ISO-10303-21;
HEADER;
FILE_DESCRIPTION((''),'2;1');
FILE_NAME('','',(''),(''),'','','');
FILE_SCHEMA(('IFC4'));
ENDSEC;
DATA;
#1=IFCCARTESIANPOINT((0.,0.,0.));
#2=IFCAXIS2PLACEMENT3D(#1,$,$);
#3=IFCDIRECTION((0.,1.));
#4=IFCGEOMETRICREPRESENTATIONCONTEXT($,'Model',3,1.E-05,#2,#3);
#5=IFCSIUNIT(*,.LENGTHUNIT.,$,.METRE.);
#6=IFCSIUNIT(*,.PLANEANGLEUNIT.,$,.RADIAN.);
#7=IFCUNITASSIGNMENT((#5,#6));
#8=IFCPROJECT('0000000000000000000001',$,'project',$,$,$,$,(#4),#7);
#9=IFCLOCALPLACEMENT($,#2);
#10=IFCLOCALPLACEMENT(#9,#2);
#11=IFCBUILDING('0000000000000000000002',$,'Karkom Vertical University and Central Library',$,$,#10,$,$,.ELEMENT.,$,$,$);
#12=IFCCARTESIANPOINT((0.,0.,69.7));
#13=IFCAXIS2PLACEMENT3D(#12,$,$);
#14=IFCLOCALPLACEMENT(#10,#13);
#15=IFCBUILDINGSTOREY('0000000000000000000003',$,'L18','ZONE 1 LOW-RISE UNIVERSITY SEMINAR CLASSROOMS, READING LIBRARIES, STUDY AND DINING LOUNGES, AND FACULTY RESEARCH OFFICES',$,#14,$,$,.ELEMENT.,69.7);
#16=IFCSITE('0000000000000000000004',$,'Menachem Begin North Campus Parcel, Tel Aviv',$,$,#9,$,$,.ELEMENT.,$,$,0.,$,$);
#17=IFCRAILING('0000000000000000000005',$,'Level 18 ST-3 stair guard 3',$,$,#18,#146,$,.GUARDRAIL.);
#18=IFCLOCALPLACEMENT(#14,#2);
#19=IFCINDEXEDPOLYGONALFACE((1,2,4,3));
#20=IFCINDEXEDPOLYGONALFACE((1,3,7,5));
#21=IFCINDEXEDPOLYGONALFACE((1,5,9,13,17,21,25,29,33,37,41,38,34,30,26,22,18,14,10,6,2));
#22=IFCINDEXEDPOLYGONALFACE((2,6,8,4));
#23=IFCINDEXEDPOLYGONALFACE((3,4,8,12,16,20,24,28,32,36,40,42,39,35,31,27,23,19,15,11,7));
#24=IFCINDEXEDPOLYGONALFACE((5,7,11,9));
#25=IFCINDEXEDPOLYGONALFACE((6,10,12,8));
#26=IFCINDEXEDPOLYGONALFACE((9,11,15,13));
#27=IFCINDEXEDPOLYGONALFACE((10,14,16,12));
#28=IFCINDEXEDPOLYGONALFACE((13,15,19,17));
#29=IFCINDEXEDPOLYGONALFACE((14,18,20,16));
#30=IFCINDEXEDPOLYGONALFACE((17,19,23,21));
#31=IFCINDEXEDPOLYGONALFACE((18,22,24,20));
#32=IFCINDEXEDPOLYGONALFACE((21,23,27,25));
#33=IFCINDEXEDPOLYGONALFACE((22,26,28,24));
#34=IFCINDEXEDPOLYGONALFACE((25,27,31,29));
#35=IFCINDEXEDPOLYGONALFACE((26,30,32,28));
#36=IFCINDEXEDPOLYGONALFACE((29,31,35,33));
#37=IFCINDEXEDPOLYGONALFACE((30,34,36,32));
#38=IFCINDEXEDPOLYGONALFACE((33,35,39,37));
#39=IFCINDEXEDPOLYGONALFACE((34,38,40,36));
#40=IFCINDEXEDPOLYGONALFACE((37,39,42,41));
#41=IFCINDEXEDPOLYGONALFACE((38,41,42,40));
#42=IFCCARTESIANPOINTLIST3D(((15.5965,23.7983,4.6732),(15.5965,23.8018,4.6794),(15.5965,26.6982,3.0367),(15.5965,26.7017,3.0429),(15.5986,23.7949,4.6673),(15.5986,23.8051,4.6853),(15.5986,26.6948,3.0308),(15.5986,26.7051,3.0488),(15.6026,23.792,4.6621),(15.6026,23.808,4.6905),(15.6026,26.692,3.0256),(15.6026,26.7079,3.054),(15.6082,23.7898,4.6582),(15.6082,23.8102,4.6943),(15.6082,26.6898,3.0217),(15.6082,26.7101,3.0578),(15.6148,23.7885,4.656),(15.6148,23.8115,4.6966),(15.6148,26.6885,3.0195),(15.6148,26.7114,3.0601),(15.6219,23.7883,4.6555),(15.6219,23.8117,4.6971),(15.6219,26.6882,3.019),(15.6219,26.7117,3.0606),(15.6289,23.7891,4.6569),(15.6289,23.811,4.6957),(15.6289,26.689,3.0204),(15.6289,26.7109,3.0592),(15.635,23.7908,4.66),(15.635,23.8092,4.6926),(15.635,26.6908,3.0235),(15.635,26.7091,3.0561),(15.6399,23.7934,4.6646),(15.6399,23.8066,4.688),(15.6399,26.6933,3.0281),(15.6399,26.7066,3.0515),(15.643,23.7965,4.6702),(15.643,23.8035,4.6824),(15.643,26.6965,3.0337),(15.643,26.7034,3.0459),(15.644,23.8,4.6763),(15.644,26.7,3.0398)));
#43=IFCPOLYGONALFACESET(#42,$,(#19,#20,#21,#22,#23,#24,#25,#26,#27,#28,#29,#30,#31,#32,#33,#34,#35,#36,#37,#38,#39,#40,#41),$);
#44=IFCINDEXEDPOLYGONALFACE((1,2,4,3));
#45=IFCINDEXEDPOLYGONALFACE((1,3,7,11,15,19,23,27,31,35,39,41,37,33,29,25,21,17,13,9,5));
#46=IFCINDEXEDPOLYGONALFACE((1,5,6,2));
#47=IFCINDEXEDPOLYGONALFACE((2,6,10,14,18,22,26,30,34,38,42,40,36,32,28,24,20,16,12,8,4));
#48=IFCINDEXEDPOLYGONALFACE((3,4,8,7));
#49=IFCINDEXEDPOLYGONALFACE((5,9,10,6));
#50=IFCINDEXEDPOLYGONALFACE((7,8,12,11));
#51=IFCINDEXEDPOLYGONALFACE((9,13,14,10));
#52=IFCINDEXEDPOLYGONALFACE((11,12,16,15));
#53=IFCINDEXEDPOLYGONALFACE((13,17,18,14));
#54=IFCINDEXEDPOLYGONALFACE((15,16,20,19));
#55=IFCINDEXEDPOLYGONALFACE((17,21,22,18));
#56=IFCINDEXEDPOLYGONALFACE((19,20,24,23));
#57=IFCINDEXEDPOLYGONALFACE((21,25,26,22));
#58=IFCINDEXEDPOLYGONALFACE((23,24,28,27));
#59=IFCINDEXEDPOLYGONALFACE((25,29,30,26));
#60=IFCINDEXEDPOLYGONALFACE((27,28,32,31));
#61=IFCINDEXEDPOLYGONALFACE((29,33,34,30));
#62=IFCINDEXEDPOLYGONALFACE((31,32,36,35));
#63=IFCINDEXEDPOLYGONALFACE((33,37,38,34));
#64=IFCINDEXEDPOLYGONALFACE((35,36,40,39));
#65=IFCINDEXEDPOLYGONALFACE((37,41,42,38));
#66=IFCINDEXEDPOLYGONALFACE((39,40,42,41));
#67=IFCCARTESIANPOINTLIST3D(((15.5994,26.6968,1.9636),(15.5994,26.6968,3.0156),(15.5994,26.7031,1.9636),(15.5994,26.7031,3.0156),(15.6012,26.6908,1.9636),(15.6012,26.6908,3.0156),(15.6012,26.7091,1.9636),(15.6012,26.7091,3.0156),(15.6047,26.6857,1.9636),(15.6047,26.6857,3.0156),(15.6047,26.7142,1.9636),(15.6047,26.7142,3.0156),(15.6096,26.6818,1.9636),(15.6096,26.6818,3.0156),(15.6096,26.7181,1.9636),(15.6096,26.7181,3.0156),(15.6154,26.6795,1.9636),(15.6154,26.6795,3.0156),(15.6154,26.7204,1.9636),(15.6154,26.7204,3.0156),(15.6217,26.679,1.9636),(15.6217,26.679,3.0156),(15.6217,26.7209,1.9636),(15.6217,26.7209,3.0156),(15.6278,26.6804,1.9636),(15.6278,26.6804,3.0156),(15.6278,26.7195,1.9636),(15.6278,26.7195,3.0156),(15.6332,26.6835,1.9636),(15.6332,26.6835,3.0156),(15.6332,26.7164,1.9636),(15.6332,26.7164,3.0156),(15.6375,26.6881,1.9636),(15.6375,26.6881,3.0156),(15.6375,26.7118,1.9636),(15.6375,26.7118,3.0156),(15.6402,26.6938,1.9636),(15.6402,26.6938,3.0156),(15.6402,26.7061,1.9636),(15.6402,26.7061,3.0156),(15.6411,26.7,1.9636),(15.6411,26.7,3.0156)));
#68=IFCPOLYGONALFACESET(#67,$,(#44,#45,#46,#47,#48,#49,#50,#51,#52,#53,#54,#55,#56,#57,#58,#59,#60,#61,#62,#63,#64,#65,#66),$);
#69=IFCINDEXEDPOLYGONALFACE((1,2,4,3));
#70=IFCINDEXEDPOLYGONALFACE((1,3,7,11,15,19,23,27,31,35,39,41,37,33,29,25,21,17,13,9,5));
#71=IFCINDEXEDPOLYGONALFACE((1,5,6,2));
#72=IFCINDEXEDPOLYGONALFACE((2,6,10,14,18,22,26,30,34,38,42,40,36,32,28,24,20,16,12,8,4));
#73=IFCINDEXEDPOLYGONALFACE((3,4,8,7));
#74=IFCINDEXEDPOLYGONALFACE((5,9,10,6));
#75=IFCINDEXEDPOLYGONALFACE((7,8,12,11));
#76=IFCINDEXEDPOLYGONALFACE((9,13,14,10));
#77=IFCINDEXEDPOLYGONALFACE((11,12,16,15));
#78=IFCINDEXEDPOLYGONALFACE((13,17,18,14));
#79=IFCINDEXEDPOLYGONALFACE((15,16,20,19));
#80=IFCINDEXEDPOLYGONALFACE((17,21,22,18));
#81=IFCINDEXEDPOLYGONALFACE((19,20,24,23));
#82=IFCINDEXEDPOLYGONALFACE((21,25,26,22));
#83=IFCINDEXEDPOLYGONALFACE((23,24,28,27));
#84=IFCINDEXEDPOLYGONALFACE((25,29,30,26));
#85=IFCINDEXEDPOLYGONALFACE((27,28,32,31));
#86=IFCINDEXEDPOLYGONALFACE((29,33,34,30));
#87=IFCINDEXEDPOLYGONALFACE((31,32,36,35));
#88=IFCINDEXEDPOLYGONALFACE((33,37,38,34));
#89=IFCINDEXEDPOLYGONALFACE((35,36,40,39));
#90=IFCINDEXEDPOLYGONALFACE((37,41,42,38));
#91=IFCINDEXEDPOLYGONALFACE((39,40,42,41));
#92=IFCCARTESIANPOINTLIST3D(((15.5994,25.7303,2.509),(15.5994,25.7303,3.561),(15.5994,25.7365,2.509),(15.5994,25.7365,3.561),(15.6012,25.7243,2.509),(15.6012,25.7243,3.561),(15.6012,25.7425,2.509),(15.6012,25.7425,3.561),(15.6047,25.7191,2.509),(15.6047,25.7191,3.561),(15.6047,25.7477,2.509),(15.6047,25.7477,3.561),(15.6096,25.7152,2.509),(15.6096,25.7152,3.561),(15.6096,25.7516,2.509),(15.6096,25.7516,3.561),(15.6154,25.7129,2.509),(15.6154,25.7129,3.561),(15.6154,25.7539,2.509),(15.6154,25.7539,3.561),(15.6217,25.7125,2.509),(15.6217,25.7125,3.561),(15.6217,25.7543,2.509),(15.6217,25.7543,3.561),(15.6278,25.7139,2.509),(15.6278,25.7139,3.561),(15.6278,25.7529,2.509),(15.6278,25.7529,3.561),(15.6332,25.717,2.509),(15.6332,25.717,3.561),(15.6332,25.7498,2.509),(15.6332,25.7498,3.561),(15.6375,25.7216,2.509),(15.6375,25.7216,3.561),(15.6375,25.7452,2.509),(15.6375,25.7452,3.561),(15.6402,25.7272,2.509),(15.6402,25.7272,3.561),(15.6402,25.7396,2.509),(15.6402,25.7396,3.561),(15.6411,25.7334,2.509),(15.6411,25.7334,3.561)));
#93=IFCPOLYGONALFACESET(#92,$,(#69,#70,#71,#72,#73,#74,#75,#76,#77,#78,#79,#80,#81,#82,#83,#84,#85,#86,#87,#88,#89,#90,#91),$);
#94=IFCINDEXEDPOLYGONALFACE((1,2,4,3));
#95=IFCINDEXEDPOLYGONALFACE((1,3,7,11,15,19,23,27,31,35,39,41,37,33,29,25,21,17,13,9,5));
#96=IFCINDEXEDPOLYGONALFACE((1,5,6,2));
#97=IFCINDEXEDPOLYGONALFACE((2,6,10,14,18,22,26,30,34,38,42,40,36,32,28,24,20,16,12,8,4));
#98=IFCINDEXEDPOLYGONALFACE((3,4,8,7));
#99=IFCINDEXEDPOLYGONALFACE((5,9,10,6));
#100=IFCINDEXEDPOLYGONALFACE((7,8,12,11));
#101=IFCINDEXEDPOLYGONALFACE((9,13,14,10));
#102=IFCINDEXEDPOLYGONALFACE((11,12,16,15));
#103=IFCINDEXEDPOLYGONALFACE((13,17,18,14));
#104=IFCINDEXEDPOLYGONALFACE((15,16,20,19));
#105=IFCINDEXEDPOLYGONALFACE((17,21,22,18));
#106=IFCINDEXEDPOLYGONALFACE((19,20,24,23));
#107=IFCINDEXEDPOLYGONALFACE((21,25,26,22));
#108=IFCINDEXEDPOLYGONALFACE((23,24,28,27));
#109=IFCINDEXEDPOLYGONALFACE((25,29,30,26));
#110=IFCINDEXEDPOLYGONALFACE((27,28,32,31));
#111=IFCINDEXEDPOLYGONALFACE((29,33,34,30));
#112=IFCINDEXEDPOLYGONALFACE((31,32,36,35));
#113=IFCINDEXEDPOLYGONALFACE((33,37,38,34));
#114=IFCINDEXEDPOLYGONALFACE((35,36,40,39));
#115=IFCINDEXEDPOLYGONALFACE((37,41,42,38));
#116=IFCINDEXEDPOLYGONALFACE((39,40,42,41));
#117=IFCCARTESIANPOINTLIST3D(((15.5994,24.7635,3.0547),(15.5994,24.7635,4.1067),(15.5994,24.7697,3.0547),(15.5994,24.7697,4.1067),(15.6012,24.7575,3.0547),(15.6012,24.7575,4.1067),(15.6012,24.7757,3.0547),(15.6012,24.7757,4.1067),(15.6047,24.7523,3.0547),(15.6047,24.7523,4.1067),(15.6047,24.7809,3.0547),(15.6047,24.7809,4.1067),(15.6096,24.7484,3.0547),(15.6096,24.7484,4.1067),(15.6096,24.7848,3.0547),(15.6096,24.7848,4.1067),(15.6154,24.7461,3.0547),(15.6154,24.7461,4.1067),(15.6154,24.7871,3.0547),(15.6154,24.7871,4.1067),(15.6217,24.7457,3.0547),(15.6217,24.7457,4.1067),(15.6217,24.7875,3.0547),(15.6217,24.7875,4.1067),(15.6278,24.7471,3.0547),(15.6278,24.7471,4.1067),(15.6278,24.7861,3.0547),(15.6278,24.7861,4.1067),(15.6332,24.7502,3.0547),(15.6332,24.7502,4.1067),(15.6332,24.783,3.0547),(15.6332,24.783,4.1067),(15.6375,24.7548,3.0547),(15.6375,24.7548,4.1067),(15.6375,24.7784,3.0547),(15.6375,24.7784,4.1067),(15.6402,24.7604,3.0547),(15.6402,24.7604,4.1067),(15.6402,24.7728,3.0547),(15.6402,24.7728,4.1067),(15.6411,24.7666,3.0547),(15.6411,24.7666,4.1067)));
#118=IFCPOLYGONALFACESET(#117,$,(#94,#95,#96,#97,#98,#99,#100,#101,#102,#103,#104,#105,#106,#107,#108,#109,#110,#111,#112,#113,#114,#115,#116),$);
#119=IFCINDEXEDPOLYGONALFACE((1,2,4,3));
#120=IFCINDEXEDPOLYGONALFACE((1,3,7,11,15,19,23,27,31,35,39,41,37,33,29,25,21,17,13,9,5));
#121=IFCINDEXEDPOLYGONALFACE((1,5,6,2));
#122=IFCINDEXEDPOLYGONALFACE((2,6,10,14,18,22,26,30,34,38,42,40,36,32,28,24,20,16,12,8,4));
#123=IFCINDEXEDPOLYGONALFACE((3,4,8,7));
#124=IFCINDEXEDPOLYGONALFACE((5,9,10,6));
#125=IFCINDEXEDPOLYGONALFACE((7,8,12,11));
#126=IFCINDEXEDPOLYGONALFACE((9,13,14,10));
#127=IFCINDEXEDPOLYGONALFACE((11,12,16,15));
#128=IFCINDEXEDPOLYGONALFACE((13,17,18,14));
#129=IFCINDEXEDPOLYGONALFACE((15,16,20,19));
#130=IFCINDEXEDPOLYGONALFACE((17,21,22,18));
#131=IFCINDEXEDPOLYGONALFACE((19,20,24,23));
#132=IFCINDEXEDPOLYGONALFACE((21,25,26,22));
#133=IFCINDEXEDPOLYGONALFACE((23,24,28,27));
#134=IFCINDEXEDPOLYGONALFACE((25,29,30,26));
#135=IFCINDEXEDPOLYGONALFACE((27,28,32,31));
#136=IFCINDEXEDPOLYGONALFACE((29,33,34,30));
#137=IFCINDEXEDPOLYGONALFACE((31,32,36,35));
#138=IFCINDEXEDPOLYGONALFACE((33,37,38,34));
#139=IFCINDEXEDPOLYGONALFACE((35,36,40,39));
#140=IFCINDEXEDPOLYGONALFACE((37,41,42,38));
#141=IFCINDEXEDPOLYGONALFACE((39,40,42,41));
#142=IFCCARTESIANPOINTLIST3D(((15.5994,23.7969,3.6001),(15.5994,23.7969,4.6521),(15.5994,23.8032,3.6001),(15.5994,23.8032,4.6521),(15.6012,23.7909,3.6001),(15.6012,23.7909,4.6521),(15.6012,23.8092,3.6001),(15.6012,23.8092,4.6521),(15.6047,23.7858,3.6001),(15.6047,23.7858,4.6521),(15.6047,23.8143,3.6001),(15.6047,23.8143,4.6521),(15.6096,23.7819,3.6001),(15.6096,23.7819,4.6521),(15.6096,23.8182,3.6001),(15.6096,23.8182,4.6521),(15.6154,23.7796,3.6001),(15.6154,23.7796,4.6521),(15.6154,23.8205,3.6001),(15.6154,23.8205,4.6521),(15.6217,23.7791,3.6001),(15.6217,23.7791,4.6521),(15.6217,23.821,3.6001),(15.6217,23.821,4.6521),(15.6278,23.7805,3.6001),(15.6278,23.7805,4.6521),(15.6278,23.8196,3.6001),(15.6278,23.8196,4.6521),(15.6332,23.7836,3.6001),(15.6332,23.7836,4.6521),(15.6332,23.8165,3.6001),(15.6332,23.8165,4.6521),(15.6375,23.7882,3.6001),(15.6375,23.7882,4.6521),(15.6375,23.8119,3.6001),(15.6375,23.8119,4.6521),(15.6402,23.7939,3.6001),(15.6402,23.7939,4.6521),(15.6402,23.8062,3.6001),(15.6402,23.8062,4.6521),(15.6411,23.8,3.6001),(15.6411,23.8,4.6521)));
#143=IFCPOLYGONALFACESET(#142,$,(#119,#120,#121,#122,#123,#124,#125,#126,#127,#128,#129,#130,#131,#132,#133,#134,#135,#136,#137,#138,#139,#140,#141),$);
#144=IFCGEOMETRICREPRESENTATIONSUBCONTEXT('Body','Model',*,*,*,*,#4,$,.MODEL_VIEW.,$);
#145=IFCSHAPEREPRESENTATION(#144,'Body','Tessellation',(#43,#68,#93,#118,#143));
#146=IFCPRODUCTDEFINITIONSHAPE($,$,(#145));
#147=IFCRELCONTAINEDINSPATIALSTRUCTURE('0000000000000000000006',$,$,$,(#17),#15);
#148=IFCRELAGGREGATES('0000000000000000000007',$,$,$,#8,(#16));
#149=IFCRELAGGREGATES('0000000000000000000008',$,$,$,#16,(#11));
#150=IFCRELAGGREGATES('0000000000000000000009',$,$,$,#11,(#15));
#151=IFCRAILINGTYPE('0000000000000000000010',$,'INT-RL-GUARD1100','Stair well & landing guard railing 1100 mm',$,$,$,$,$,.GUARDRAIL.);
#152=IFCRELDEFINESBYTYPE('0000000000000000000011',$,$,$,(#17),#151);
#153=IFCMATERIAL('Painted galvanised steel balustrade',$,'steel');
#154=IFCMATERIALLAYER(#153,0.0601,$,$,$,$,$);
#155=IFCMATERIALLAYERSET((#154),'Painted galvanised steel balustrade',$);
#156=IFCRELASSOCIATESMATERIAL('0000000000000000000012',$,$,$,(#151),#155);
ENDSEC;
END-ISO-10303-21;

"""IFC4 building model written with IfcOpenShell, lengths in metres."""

from ifc_helpers import new_model, si_unit, direction, frame, origin, origin_2d, place, context, subcontext, project, spatial, circle, extrude, material, layer, layer_set, type_object, element, save


model = new_model("IFC4")

# Units and contexts
model_context = context("Model", 3, precision=1e-05, world=origin(), true_north=direction((0.0, 1.0)))
body_context = subcontext(model_context, "Body", "Model", "MODEL_VIEW")
ifc_project = project(units=[si_unit("LENGTHUNIT", "METRE"), si_unit("PLANEANGLEUNIT", "RADIAN")], contexts=[model_context])

# Site, building, storey
site_placement = place(None, origin())
site = spatial("IfcSite", under=ifc_project, at=site_placement, Name="Menachem Begin North Campus Parcel, Tel Aviv", CompositionType="ELEMENT", RefElevation=0.0)
building_placement = place(site_placement, origin())
building = spatial("IfcBuilding", under=site, at=building_placement, Name="Karkom Vertical University and Central Library", CompositionType="ELEMENT")
storey_placement = place(building_placement, frame((0.0, 0.0, 69.7)))
storey = spatial("IfcBuildingStorey", under=building, at=storey_placement, Name="L18", Description="ZONE 1 LOW-RISE UNIVERSITY SEMINAR CLASSROOMS, READING LIBRARIES, STUDY AND DINING LOUNGES, AND FACULTY RESEARCH OFFICES", CompositionType="ELEMENT", Elevation=69.7)

# Railing
ifc_material_1 = material(Name="Painted galvanised steel balustrade", Category="steel")
ifc_layer_1 = layer(ifc_material_1, 0.0601)
ifc_layer_set_1 = layer_set([ifc_layer_1], Name="Painted galvanised steel balustrade")
railing_type_1 = type_object("IfcRailingType", Name="INT-RL-GUARD1100", Description="Stair well & landing guard railing 1100 mm", PredefinedType="GUARDRAIL", material=ifc_layer_set_1)
railing_1_placement = place(storey_placement, frame((15.6201, 26.7, 1.9636)))
element("IfcRailing", 1, at=railing_1_placement, inside=storey, type_object=railing_type_1, Name="Level 18 ST-3 stair guard 3", PredefinedType="GUARDRAIL", context=body_context, shape_type="SweptSolid", body=[
    extrude(circle(Radius=0.0239, at=origin_2d()), frame((0.0, 0.0, 1.0762), z_axis=(0.0, -0.870897, 0.491465), x_axis=(1.0, 0.0, 0.0)), (0.0, 0.0, 1.0), 3.3298),
    extrude(circle(Radius=0.021, at=origin_2d()), origin(), (0.0, 0.0, 1.0), 1.052),
    extrude(circle(Radius=0.021, at=origin_2d()), frame((0.0, -0.9666, 0.5454)), (0.0, 0.0, 1.0), 1.052),
    extrude(circle(Radius=0.021, at=origin_2d()), frame((0.0, -1.9333, 1.0911)), (0.0, 0.0, 1.0), 1.052),
    extrude(circle(Radius=0.021, at=origin_2d()), frame((0.0, -2.8999, 1.6365)), (0.0, 0.0, 1.0), 1.052),
])

save(model, "model.ifc")
